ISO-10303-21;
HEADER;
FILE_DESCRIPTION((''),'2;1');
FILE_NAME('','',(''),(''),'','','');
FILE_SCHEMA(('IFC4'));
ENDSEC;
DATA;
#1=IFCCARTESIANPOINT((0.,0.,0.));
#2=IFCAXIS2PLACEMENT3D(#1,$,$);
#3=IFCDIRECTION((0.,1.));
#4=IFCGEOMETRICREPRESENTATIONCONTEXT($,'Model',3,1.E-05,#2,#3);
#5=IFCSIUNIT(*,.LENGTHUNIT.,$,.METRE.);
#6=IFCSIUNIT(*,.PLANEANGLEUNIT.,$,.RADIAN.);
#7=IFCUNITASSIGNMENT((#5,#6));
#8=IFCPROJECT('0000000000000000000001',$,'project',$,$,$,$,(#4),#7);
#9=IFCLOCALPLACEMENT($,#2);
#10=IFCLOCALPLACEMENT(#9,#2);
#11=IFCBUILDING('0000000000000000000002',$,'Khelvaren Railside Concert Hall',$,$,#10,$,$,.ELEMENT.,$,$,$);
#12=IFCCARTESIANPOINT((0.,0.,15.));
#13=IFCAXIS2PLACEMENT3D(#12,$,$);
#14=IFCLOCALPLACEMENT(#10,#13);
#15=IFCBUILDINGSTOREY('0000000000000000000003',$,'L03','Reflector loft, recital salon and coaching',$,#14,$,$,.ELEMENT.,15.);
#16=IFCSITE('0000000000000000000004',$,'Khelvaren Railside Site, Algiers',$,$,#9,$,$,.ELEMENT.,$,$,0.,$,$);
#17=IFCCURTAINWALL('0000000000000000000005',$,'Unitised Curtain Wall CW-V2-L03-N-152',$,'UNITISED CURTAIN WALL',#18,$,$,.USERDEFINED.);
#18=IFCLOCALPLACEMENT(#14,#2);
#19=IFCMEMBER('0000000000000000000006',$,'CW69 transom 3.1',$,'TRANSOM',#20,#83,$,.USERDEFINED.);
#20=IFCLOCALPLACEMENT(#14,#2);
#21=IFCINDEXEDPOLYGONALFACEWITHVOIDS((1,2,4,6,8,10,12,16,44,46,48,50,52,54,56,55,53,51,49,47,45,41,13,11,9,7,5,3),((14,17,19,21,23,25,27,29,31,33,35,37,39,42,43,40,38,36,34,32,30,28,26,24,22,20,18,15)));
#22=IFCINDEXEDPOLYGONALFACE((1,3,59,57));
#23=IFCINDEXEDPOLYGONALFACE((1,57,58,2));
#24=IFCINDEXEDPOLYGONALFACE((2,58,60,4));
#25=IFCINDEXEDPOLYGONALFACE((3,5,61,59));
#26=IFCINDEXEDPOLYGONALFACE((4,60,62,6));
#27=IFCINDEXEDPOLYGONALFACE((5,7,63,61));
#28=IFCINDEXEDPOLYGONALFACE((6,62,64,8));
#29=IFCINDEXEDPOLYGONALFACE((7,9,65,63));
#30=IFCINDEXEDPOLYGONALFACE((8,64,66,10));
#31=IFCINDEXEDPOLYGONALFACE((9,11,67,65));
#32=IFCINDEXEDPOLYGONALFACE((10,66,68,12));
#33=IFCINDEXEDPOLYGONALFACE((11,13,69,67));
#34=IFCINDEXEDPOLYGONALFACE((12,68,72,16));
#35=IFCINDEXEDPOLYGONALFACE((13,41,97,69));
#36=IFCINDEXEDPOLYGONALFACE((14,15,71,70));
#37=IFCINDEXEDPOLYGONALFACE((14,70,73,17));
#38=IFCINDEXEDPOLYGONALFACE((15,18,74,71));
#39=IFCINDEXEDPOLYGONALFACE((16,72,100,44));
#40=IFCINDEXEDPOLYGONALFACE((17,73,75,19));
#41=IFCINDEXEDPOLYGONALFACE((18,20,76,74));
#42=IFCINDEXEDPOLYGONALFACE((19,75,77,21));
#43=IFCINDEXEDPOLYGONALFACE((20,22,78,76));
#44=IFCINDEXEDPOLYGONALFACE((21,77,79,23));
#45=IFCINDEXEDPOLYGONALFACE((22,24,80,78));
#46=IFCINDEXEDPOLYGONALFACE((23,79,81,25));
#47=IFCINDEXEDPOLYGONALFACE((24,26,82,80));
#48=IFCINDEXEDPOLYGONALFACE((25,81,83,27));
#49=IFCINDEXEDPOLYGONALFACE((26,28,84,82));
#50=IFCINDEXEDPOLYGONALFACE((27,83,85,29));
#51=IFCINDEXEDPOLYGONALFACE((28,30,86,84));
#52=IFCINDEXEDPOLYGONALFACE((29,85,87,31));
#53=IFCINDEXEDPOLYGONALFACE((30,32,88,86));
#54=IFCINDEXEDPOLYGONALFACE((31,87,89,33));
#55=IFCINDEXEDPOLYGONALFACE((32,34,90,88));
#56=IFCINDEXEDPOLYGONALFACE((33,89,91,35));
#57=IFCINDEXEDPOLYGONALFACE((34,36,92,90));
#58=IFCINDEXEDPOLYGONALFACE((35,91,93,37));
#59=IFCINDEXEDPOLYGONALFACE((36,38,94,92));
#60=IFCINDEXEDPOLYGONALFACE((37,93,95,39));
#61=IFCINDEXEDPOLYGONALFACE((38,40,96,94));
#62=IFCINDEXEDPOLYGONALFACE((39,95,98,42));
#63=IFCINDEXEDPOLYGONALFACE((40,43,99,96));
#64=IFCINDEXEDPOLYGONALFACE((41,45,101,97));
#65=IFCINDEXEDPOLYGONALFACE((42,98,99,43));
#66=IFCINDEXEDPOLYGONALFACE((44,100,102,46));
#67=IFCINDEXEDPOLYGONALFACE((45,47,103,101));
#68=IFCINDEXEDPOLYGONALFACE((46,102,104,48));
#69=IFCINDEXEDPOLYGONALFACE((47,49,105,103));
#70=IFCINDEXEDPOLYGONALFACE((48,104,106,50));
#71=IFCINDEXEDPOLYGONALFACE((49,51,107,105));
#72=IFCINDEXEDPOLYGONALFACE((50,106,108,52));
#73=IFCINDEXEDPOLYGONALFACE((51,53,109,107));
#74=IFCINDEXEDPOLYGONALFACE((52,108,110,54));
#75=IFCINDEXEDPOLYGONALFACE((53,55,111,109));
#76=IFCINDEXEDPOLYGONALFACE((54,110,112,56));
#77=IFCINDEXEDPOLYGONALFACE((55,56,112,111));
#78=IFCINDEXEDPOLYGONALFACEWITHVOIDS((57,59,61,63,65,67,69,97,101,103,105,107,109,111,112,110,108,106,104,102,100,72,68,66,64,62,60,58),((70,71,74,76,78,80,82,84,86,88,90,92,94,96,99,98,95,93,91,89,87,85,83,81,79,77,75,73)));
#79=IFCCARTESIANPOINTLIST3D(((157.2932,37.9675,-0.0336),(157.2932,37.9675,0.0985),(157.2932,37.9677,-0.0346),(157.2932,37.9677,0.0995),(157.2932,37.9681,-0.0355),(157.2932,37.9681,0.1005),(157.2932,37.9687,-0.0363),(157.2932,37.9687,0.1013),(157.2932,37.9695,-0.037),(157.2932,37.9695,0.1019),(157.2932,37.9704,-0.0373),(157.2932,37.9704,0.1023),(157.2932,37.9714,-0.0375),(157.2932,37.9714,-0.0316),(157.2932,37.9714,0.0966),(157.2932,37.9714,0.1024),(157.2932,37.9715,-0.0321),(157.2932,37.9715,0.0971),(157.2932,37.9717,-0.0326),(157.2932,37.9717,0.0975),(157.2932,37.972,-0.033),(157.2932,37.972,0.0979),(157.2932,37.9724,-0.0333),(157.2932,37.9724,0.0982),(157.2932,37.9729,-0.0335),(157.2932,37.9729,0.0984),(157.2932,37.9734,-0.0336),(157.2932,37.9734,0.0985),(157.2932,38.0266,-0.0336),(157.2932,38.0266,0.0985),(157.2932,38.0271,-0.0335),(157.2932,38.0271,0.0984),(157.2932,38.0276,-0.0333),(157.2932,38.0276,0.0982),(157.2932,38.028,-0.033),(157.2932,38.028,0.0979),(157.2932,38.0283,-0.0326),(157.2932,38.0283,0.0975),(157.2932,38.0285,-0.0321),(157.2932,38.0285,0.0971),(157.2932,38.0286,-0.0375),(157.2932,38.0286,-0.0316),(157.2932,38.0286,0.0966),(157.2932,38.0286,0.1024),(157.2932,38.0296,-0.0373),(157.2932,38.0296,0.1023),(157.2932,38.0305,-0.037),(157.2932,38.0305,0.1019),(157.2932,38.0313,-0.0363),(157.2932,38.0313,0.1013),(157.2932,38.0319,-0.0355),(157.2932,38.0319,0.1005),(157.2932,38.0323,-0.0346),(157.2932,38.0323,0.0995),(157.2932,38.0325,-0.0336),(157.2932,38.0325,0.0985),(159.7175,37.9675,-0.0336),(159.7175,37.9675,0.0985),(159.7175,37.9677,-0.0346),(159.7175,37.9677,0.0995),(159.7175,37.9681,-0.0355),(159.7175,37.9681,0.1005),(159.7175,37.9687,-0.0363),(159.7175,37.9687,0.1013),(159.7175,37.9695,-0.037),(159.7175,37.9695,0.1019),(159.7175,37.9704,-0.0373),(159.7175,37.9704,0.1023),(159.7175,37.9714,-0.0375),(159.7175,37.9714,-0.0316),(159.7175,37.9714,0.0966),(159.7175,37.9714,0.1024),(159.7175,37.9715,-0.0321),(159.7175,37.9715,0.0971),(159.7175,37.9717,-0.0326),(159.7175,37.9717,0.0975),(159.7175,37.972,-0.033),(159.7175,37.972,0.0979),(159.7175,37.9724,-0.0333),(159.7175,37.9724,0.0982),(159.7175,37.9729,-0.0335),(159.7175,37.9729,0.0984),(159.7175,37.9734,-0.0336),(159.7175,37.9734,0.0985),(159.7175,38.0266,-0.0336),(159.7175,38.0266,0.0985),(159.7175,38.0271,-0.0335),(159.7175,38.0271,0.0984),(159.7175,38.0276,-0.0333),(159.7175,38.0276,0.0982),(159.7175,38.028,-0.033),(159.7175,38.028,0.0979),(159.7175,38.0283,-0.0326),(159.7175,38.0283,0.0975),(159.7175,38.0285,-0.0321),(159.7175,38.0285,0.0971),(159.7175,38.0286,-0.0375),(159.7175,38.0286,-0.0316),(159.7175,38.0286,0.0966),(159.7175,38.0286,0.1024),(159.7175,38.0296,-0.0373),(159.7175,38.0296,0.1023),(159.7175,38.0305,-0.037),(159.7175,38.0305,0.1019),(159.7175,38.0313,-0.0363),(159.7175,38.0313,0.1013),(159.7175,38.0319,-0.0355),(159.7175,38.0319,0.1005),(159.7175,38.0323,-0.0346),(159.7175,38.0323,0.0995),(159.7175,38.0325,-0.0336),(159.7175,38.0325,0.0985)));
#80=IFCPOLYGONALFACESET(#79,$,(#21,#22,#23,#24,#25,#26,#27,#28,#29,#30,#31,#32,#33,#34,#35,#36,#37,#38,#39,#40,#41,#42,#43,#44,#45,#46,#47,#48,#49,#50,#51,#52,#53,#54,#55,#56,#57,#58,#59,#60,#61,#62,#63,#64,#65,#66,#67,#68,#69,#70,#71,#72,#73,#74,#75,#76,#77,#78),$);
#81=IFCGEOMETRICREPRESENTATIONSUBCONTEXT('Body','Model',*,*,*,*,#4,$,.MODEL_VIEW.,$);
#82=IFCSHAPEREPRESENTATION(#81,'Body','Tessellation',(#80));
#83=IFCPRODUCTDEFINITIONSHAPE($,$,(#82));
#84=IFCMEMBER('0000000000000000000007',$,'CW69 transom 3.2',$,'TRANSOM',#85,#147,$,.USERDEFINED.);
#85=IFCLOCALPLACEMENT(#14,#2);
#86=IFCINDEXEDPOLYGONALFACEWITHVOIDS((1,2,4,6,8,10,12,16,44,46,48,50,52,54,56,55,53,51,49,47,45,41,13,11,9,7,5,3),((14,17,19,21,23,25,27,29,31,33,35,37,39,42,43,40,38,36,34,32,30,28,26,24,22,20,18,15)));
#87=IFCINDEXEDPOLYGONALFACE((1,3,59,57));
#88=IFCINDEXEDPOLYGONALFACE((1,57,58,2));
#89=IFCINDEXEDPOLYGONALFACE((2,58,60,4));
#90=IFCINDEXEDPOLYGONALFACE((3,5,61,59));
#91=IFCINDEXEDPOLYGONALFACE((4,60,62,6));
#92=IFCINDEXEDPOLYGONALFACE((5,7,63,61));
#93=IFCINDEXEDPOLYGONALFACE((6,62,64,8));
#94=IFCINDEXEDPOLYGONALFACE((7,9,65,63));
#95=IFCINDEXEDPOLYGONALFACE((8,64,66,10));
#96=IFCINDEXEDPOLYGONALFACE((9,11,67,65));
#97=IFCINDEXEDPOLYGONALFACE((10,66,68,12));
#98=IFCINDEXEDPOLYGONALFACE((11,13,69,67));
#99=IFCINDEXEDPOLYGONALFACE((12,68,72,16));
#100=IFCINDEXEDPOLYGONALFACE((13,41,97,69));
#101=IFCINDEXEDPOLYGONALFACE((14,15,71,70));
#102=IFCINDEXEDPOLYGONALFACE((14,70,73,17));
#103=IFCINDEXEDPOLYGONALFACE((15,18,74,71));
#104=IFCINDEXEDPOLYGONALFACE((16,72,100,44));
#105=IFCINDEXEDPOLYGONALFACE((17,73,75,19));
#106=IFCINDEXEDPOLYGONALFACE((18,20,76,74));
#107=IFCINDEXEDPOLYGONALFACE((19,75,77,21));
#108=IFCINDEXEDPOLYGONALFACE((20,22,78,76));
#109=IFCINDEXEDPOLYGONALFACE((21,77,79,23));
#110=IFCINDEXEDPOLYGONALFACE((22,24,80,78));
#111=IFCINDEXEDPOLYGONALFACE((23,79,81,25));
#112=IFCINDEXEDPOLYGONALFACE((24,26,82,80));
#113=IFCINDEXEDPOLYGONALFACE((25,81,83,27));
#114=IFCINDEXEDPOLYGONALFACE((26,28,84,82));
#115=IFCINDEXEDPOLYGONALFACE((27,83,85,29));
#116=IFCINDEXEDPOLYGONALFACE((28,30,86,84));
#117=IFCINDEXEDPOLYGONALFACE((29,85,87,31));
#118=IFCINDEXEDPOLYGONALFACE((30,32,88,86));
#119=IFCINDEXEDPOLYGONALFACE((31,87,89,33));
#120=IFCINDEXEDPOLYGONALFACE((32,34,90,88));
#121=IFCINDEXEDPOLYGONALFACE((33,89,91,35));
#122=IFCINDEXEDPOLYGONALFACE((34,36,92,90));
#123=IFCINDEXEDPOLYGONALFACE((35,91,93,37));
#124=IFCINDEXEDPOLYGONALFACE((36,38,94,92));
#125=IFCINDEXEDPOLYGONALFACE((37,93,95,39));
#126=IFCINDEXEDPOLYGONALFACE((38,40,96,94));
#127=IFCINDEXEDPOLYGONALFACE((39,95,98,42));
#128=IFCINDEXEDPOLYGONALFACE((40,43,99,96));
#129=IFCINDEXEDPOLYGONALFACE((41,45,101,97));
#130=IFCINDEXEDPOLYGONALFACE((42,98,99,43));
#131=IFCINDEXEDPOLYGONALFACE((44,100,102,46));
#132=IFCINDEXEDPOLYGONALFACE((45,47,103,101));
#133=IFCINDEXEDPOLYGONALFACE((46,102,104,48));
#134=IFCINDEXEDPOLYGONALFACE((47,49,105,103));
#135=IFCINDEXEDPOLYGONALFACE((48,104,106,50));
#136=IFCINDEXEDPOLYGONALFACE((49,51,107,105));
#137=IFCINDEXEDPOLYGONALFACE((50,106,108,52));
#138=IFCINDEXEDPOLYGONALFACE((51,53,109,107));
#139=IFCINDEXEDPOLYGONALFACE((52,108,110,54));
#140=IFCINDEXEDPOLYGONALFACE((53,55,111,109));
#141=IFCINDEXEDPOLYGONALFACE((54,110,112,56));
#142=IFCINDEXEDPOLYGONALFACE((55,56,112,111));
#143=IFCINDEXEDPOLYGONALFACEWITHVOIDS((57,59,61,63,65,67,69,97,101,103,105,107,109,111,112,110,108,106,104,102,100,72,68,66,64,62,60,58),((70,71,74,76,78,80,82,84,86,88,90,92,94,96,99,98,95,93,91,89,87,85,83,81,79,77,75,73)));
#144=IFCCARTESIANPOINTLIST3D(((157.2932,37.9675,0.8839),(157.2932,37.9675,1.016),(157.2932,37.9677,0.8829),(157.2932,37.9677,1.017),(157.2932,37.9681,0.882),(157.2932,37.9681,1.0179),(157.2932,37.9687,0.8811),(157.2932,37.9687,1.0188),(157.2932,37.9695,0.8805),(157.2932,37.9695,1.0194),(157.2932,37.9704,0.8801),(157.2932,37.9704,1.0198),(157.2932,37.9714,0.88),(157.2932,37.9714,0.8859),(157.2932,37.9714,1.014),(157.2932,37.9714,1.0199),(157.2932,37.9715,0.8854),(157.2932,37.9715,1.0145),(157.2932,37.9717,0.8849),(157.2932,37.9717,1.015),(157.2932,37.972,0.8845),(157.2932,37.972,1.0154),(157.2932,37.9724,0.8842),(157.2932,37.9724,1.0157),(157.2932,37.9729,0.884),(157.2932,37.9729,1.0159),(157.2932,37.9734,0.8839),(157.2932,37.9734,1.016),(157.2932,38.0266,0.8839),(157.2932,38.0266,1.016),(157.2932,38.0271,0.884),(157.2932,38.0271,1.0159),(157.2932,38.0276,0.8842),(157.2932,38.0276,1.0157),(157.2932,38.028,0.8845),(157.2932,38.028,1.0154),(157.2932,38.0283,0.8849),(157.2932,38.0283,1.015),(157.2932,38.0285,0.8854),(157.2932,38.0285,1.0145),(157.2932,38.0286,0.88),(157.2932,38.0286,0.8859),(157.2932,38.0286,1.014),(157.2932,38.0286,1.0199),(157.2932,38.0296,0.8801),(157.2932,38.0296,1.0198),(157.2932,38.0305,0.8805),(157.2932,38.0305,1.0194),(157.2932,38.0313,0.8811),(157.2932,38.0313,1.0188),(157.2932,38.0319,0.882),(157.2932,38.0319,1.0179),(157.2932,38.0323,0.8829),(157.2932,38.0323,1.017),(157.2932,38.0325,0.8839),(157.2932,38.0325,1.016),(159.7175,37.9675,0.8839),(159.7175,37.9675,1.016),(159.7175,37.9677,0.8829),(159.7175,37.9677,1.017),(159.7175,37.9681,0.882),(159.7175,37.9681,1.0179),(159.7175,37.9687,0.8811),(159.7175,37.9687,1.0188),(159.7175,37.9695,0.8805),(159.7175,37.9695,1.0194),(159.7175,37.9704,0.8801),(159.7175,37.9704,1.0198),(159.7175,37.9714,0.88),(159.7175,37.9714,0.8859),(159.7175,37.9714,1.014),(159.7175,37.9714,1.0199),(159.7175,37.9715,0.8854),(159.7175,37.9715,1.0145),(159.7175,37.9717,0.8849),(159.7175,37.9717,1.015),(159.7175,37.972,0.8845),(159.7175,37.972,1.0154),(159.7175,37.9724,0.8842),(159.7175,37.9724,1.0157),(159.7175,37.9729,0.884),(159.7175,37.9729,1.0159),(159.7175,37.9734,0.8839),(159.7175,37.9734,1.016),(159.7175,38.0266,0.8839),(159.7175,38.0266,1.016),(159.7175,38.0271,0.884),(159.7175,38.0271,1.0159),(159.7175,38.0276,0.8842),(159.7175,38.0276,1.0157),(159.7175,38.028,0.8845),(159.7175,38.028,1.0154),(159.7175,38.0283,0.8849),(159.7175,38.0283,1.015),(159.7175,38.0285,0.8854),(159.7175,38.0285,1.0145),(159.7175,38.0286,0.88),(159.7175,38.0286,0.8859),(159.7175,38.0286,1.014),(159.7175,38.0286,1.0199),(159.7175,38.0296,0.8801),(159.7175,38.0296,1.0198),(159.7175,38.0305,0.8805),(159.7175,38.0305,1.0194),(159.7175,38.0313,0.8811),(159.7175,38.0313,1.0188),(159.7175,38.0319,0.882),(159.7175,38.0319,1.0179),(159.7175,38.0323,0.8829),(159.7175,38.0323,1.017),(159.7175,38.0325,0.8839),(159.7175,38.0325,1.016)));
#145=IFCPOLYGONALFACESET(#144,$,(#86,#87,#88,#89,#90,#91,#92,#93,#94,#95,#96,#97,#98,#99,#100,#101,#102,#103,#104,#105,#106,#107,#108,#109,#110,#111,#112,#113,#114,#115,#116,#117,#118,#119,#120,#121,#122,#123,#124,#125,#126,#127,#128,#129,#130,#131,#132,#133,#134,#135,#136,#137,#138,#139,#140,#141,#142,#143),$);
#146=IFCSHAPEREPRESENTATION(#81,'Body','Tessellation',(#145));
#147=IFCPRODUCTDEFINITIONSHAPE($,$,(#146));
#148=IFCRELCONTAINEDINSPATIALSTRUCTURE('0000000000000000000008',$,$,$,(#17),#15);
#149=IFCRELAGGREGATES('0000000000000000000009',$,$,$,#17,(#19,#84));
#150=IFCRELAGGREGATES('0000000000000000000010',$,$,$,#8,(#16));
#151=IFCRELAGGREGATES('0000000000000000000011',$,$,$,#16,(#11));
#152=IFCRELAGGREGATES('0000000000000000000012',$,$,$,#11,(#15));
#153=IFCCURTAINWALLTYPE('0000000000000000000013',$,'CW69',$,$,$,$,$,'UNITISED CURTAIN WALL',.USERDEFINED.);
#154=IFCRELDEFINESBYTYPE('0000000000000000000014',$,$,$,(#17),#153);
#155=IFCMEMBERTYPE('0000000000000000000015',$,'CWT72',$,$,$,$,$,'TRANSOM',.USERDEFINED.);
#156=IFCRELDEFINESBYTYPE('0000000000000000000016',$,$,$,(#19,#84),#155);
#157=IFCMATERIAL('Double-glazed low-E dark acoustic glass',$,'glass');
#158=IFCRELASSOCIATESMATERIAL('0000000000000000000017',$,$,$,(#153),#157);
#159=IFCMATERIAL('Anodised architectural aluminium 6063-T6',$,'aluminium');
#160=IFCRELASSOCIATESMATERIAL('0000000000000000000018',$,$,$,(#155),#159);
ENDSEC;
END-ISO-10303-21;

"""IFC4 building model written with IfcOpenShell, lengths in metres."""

from ifc_helpers import new_model, si_unit, direction, frame, origin, origin_2d, place, context, subcontext, project, spatial, hollow_rectangle, extrude, material, material_profile, profile_set, type_object, element, aggregate, save


model = new_model("IFC4")

# Units and contexts
model_context = context("Model", 3, precision=1e-05, world=origin(), true_north=direction((0.0, 1.0)))
body_context = subcontext(model_context, "Body", "Model", "MODEL_VIEW")
ifc_project = project(units=[si_unit("LENGTHUNIT", "METRE"), si_unit("PLANEANGLEUNIT", "RADIAN")], contexts=[model_context])

# Site, building, storey
site_placement = place(None, origin())
site = spatial("IfcSite", under=ifc_project, at=site_placement, Name="Khelvaren Railside Site, Algiers", CompositionType="ELEMENT", RefElevation=0.0)
building_placement = place(site_placement, origin())
building = spatial("IfcBuilding", under=site, at=building_placement, Name="Khelvaren Railside Concert Hall", CompositionType="ELEMENT")
storey_placement = place(building_placement, frame((0.0, 0.0, 15.0)))
storey = spatial("IfcBuildingStorey", under=building, at=storey_placement, Name="L03", Description="Reflector loft, recital salon and coaching", CompositionType="ELEMENT", Elevation=15.0)

# Curtain wall
ifc_material_1 = material(Name="Double-glazed low-E dark acoustic glass", Category="glass")
curtain_wall_type_1 = type_object("IfcCurtainWallType", Name="CW69", ElementType="UNITISED CURTAIN WALL", PredefinedType="USERDEFINED", material=ifc_material_1)
curtain_wall_1_placement = place(storey_placement, origin())
curtain_wall_1 = element("IfcCurtainWall", 1, at=curtain_wall_1_placement, inside=storey, type_object=curtain_wall_type_1, Name="Unitised Curtain Wall CW-V2-L03-N-152", ObjectType="UNITISED CURTAIN WALL", PredefinedType="USERDEFINED")
ifc_material_2 = material(Name="Anodised architectural aluminium 6063-T6", Category="aluminium")

# Members
ifc_material_profile_1 = material_profile(ifc_material_2, hollow_rectangle(XDim=0.0649, YDim=0.1399, WallThickness=0.0039, InnerFilletRadius=0.002, OuterFilletRadius=0.0039, at=origin_2d()), Name="CWT 65x140x4")
ifc_profile_set_1 = profile_set([ifc_material_profile_1], Name="Anodised architectural aluminium 6063-T6")
member_type_1 = type_object("IfcMemberType", Name="CWT72", ElementType="TRANSOM", PredefinedType="USERDEFINED", material=ifc_profile_set_1)
member_1_placement = place(storey_placement, frame((157.2932, 38.0, 0.0325), z_axis=(1.0, 0.0, 0.0), x_axis=(0.0, 1.0, 0.0)))
member_1 = element("IfcMember", 2, at=member_1_placement, type_object=member_type_1, Name="CW69 transom 3.1", ObjectType="TRANSOM", PredefinedType="USERDEFINED", context=body_context, shape_type="SweptSolid", body=[
    extrude(hollow_rectangle(XDim=0.0649, YDim=0.1399, WallThickness=0.0039, InnerFilletRadius=0.002, OuterFilletRadius=0.0039, at=origin_2d()), origin(), (0.0, 0.0, 1.0), 2.4243),
])
member_2_placement = place(storey_placement, frame((157.2932, 38.0, 0.95), z_axis=(1.0, 0.0, 0.0), x_axis=(0.0, 1.0, 0.0)))
member_2 = element("IfcMember", 3, at=member_2_placement, type_object=member_type_1, Name="CW69 transom 3.2", ObjectType="TRANSOM", PredefinedType="USERDEFINED", context=body_context, shape_type="SweptSolid", body=[
    extrude(hollow_rectangle(XDim=0.0649, YDim=0.1399, WallThickness=0.0039, InnerFilletRadius=0.002, OuterFilletRadius=0.0039, at=origin_2d()), origin(), (0.0, 0.0, 1.0), 2.4243),
])

aggregate(curtain_wall_1, [member_1, member_2])

save(model, "model.ifc")
